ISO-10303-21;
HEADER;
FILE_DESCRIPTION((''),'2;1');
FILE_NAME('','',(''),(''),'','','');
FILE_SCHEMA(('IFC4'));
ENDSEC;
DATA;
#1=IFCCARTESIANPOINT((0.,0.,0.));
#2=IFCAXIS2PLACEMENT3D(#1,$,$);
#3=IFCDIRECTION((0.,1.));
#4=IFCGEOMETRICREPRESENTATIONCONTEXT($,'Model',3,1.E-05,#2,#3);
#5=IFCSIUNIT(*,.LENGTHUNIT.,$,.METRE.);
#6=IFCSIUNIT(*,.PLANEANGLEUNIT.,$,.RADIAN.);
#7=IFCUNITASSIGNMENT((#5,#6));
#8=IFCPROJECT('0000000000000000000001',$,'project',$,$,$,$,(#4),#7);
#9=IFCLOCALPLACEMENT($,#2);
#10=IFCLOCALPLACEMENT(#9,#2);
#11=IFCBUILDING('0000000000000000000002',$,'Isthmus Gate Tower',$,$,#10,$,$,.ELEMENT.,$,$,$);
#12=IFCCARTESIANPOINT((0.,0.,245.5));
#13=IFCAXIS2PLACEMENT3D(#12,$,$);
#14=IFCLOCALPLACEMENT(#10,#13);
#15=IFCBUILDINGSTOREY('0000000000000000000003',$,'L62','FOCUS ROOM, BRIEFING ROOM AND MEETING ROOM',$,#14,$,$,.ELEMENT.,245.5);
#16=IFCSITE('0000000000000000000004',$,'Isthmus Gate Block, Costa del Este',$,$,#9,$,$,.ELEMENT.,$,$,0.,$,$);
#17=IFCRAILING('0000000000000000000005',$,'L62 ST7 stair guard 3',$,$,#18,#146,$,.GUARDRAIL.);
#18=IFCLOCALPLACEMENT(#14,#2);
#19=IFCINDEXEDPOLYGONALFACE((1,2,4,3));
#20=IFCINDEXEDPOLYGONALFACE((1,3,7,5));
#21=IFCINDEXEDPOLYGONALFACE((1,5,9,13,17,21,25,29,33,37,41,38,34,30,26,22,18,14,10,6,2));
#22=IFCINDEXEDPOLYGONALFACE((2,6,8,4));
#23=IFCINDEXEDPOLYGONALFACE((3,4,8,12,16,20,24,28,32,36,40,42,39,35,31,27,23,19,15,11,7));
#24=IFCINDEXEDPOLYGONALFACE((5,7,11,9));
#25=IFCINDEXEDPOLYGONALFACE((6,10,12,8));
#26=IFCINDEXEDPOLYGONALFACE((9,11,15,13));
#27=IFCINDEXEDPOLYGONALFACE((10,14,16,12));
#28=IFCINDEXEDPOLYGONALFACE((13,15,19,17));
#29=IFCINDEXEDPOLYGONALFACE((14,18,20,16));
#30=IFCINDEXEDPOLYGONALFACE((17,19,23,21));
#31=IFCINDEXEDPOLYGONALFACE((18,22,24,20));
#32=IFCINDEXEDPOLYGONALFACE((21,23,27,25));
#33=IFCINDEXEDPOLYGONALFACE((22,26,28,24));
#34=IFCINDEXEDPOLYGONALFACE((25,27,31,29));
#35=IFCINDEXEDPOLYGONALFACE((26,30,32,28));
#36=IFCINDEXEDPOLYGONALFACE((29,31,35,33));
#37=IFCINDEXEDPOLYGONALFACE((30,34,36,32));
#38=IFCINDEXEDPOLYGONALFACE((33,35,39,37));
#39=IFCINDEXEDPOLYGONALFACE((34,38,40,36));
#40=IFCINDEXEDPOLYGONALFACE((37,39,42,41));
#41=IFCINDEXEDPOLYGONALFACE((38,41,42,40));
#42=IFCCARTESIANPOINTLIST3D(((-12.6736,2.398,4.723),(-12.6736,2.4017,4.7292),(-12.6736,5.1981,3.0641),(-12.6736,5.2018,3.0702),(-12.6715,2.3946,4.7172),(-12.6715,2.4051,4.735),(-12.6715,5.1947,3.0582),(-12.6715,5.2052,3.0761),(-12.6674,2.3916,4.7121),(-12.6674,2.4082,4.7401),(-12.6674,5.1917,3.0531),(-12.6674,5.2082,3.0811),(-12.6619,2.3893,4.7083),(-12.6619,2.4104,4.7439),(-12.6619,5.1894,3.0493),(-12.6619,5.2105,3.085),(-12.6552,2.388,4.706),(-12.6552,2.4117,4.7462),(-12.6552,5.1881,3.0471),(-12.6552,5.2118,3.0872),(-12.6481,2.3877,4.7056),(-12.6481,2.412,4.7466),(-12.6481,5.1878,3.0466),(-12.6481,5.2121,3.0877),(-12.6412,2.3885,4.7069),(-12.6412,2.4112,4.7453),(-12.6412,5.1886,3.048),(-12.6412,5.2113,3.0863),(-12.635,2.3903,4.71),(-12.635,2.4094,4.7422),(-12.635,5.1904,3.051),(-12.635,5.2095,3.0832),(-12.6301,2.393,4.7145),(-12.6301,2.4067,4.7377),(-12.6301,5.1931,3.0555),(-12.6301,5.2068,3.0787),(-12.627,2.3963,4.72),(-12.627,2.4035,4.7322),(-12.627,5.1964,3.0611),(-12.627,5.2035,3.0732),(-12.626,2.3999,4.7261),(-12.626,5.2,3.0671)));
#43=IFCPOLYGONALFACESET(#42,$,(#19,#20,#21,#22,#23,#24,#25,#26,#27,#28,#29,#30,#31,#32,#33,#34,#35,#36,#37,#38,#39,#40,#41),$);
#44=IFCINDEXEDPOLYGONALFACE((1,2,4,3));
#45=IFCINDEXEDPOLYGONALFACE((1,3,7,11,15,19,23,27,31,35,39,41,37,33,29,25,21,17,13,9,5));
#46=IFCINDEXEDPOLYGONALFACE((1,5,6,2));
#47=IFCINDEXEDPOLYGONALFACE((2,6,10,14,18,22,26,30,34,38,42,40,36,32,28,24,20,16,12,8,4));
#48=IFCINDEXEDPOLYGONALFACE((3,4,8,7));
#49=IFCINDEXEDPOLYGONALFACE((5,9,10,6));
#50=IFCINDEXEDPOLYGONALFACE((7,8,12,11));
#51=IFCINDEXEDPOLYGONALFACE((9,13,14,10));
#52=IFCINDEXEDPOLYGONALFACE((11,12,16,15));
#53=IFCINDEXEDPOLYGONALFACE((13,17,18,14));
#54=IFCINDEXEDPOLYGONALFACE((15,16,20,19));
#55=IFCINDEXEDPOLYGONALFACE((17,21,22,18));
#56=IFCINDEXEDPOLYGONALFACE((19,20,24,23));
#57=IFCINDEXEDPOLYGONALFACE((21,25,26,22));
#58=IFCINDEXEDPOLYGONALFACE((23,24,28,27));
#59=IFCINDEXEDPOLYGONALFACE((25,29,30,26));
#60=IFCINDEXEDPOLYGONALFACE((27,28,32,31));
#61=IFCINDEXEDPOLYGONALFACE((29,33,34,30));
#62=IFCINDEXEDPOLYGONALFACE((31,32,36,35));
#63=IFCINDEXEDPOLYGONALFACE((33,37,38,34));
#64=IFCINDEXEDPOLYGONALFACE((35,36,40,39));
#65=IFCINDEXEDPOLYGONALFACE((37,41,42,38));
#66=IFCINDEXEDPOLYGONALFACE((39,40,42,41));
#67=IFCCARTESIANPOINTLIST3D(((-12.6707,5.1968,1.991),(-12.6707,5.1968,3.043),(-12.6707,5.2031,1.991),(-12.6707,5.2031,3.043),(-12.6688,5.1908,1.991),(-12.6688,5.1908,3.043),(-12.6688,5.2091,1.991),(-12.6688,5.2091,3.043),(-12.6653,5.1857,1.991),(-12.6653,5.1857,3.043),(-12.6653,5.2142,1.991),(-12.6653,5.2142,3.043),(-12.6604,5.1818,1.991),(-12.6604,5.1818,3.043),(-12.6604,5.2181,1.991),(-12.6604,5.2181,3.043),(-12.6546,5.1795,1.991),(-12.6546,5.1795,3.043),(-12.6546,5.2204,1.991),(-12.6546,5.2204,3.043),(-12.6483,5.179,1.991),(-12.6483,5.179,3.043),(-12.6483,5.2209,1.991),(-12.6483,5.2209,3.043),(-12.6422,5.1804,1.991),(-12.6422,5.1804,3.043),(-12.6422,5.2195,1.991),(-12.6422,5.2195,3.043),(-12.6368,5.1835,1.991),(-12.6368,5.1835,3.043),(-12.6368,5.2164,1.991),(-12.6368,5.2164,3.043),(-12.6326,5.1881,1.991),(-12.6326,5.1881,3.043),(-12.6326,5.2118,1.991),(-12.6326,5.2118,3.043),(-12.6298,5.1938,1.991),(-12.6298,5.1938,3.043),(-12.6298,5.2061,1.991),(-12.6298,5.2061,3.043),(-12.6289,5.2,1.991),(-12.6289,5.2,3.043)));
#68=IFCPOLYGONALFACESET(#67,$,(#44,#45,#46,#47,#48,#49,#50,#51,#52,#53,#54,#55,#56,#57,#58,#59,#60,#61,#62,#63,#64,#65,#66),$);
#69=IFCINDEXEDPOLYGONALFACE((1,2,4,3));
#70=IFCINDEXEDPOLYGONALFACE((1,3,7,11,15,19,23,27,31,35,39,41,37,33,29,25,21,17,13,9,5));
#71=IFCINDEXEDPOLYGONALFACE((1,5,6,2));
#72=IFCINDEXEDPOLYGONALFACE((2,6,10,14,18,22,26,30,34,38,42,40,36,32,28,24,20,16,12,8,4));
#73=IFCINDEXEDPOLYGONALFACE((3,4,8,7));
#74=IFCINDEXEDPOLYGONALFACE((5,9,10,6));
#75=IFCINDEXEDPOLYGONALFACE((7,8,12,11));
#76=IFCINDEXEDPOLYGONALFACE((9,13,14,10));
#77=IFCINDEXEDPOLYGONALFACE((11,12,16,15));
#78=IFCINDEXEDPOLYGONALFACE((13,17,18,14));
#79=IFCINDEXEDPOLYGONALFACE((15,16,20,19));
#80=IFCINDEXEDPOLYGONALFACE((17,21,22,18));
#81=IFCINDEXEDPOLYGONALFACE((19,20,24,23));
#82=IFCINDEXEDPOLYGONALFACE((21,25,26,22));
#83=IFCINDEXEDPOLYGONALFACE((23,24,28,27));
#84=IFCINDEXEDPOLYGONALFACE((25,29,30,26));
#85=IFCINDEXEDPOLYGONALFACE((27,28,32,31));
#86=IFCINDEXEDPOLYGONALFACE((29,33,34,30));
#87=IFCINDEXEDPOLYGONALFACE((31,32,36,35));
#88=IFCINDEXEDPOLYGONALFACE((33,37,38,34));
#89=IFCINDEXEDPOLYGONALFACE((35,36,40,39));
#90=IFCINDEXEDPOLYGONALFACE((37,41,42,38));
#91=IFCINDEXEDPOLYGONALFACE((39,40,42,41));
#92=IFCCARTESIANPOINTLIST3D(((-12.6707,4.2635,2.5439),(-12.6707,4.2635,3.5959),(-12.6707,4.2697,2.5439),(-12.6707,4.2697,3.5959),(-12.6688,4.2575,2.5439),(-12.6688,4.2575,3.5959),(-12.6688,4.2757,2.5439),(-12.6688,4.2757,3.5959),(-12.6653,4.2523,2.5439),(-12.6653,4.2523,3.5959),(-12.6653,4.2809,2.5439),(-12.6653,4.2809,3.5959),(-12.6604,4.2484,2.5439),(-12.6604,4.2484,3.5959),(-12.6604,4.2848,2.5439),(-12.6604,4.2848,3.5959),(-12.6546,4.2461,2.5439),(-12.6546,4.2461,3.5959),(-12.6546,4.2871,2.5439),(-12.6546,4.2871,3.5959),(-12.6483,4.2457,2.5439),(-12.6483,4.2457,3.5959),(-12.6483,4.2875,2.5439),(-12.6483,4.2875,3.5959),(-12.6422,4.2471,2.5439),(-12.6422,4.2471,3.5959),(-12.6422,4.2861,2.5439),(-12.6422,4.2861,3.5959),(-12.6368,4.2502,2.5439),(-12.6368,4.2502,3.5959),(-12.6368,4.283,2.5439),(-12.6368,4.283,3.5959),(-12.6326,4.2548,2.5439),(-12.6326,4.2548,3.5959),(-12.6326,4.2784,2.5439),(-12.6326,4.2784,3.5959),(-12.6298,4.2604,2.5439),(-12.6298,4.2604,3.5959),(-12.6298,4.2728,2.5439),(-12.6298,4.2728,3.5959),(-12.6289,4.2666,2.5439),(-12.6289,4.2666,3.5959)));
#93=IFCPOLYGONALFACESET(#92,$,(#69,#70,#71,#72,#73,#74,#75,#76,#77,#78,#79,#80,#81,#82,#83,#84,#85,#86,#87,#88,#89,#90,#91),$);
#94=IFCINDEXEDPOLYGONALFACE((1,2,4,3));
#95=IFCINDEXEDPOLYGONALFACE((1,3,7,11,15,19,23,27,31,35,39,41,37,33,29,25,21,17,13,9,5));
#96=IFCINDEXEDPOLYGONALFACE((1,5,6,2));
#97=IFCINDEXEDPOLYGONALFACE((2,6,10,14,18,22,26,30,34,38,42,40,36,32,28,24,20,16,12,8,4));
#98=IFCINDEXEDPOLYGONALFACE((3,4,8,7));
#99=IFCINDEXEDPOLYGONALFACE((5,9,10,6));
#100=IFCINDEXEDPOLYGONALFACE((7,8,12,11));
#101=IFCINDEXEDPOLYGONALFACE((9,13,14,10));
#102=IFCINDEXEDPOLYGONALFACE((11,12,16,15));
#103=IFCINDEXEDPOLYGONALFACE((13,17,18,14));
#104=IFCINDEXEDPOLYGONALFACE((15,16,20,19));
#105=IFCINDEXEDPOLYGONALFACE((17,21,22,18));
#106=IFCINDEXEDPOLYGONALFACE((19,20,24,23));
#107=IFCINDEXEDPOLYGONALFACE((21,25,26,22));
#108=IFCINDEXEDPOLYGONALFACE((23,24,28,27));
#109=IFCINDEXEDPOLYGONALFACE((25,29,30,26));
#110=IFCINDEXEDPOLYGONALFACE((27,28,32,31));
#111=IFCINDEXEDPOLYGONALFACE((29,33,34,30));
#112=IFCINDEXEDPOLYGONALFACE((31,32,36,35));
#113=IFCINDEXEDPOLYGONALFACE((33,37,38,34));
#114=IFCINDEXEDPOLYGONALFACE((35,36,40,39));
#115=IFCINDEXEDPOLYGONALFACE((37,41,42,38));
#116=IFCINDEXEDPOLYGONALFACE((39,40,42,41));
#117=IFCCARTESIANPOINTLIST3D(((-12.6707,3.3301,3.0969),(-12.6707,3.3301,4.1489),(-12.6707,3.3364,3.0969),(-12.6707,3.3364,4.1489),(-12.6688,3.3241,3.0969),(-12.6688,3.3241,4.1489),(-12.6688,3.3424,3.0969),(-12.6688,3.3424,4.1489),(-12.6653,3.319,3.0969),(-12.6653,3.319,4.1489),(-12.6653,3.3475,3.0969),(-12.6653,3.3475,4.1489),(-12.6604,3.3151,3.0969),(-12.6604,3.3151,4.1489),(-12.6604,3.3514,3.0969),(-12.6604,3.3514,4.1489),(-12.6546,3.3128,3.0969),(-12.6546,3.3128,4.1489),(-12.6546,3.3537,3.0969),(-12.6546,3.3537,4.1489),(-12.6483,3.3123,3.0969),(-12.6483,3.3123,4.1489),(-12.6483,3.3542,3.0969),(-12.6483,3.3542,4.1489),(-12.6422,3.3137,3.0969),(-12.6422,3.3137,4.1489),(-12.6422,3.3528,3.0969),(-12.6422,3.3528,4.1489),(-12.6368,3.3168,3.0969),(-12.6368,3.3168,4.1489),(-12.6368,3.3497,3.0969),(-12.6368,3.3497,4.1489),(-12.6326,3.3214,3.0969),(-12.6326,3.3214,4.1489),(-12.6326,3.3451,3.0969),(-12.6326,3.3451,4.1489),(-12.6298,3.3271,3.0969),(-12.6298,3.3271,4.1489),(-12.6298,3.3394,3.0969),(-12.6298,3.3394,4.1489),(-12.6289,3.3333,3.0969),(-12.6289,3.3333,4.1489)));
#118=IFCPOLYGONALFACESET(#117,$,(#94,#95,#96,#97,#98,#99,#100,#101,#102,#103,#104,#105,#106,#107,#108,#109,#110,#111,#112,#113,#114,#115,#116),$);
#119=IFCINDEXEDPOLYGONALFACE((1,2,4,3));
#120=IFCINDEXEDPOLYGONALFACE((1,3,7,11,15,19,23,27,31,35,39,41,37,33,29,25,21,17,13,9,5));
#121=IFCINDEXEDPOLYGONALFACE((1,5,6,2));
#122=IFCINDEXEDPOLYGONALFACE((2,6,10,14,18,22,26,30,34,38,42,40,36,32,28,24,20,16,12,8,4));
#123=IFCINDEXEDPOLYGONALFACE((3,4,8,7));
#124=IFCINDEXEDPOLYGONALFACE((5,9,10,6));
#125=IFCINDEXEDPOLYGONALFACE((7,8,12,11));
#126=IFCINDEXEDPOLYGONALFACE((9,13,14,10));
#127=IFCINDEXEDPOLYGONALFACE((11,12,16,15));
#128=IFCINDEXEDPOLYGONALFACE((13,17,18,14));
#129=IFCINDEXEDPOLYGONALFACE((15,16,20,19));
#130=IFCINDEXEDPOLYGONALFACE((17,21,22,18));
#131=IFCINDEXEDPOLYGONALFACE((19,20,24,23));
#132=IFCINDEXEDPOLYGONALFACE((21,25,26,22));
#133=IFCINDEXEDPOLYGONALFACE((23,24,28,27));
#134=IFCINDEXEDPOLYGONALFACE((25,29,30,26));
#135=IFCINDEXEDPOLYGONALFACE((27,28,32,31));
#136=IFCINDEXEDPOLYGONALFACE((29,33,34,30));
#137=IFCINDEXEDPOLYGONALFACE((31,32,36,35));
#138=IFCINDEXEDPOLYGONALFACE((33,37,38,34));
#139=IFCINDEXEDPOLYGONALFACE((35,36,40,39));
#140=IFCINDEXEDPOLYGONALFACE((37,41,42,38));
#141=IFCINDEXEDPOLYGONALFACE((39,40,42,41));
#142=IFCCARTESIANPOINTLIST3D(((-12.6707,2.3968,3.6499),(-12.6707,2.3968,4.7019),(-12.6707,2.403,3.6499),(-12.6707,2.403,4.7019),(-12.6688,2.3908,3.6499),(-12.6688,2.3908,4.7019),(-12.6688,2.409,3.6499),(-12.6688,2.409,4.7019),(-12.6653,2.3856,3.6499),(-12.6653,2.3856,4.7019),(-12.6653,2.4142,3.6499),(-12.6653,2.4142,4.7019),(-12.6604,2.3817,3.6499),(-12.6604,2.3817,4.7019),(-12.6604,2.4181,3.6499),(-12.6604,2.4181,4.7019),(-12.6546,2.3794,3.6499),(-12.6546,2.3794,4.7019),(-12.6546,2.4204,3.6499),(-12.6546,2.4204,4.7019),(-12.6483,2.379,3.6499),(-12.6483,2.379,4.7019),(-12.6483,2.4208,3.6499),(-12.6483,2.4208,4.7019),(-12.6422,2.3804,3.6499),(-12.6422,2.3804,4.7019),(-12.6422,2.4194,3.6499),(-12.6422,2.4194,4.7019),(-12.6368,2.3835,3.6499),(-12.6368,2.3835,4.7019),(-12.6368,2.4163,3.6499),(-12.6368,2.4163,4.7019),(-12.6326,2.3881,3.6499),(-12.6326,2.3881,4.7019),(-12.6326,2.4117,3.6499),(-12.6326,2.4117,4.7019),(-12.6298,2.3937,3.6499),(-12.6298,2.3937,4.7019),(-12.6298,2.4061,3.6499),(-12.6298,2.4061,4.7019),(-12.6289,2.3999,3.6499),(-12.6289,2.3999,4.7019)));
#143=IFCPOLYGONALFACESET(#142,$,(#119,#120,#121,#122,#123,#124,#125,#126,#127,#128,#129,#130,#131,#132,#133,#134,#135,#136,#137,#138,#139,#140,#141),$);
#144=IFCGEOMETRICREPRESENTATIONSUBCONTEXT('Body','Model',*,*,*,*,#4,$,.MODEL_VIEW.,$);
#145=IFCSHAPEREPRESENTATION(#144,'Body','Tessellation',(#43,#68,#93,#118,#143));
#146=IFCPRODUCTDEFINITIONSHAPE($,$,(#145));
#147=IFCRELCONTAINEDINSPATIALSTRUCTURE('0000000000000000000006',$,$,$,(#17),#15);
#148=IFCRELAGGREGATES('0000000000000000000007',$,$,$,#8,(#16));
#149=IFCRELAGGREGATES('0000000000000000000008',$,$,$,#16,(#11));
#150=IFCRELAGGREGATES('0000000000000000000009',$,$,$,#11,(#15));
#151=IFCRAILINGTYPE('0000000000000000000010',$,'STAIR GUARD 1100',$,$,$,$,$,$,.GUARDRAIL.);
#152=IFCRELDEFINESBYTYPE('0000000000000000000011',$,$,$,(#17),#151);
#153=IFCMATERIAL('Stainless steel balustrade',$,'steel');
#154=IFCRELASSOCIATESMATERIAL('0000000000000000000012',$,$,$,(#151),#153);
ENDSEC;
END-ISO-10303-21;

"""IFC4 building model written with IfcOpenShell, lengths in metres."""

from ifc_helpers import new_model, si_unit, direction, frame, origin, origin_2d, place, context, subcontext, project, spatial, circle, extrude, material, type_object, element, save


model = new_model("IFC4")

# Units and contexts
model_context = context("Model", 3, precision=1e-05, world=origin(), true_north=direction((0.0, 1.0)))
body_context = subcontext(model_context, "Body", "Model", "MODEL_VIEW")
ifc_project = project(units=[si_unit("LENGTHUNIT", "METRE"), si_unit("PLANEANGLEUNIT", "RADIAN")], contexts=[model_context])

# Site, building, storey
site_placement = place(None, origin())
site = spatial("IfcSite", under=ifc_project, at=site_placement, Name="Isthmus Gate Block, Costa del Este", CompositionType="ELEMENT", RefElevation=0.0)
building_placement = place(site_placement, origin())
building = spatial("IfcBuilding", under=site, at=building_placement, Name="Isthmus Gate Tower", CompositionType="ELEMENT")
storey_placement = place(building_placement, frame((0.0, 0.0, 245.5)))
storey = spatial("IfcBuildingStorey", under=building, at=storey_placement, Name="L62", Description="FOCUS ROOM, BRIEFING ROOM AND MEETING ROOM", CompositionType="ELEMENT", Elevation=245.5)

# Railing
ifc_material_1 = material(Name="Stainless steel balustrade", Category="steel")
railing_type_1 = type_object("IfcRailingType", Name="STAIR GUARD 1100", PredefinedType="GUARDRAIL", material=ifc_material_1)
railing_1_placement = place(storey_placement, frame((-12.6499, 5.2, 1.991)))
element("IfcRailing", 1, at=railing_1_placement, inside=storey, type_object=railing_type_1, Name="L62 ST7 stair guard 3", PredefinedType="GUARDRAIL", context=body_context, shape_type="SweptSolid", body=[
    extrude(circle(Radius=0.0239, at=origin_2d()), frame((0.0, 0.0, 1.0762), z_axis=(0.0, -0.860339, 0.509722), x_axis=(1.0, 0.0, 0.0)), (0.0, 0.0, 1.0), 3.2546),
    extrude(circle(Radius=0.021, at=origin_2d()), origin(), (0.0, 0.0, 1.0), 1.052),
    extrude(circle(Radius=0.021, at=origin_2d()), frame((0.0, -0.9333, 0.553)), (0.0, 0.0, 1.0), 1.052),
    extrude(circle(Radius=0.021, at=origin_2d()), frame((0.0, -1.8667, 1.106)), (0.0, 0.0, 1.0), 1.052),
    extrude(circle(Radius=0.021, at=origin_2d()), frame((0.0, -2.8, 1.6589)), (0.0, 0.0, 1.0), 1.052),
])

save(model, "model.ifc")
